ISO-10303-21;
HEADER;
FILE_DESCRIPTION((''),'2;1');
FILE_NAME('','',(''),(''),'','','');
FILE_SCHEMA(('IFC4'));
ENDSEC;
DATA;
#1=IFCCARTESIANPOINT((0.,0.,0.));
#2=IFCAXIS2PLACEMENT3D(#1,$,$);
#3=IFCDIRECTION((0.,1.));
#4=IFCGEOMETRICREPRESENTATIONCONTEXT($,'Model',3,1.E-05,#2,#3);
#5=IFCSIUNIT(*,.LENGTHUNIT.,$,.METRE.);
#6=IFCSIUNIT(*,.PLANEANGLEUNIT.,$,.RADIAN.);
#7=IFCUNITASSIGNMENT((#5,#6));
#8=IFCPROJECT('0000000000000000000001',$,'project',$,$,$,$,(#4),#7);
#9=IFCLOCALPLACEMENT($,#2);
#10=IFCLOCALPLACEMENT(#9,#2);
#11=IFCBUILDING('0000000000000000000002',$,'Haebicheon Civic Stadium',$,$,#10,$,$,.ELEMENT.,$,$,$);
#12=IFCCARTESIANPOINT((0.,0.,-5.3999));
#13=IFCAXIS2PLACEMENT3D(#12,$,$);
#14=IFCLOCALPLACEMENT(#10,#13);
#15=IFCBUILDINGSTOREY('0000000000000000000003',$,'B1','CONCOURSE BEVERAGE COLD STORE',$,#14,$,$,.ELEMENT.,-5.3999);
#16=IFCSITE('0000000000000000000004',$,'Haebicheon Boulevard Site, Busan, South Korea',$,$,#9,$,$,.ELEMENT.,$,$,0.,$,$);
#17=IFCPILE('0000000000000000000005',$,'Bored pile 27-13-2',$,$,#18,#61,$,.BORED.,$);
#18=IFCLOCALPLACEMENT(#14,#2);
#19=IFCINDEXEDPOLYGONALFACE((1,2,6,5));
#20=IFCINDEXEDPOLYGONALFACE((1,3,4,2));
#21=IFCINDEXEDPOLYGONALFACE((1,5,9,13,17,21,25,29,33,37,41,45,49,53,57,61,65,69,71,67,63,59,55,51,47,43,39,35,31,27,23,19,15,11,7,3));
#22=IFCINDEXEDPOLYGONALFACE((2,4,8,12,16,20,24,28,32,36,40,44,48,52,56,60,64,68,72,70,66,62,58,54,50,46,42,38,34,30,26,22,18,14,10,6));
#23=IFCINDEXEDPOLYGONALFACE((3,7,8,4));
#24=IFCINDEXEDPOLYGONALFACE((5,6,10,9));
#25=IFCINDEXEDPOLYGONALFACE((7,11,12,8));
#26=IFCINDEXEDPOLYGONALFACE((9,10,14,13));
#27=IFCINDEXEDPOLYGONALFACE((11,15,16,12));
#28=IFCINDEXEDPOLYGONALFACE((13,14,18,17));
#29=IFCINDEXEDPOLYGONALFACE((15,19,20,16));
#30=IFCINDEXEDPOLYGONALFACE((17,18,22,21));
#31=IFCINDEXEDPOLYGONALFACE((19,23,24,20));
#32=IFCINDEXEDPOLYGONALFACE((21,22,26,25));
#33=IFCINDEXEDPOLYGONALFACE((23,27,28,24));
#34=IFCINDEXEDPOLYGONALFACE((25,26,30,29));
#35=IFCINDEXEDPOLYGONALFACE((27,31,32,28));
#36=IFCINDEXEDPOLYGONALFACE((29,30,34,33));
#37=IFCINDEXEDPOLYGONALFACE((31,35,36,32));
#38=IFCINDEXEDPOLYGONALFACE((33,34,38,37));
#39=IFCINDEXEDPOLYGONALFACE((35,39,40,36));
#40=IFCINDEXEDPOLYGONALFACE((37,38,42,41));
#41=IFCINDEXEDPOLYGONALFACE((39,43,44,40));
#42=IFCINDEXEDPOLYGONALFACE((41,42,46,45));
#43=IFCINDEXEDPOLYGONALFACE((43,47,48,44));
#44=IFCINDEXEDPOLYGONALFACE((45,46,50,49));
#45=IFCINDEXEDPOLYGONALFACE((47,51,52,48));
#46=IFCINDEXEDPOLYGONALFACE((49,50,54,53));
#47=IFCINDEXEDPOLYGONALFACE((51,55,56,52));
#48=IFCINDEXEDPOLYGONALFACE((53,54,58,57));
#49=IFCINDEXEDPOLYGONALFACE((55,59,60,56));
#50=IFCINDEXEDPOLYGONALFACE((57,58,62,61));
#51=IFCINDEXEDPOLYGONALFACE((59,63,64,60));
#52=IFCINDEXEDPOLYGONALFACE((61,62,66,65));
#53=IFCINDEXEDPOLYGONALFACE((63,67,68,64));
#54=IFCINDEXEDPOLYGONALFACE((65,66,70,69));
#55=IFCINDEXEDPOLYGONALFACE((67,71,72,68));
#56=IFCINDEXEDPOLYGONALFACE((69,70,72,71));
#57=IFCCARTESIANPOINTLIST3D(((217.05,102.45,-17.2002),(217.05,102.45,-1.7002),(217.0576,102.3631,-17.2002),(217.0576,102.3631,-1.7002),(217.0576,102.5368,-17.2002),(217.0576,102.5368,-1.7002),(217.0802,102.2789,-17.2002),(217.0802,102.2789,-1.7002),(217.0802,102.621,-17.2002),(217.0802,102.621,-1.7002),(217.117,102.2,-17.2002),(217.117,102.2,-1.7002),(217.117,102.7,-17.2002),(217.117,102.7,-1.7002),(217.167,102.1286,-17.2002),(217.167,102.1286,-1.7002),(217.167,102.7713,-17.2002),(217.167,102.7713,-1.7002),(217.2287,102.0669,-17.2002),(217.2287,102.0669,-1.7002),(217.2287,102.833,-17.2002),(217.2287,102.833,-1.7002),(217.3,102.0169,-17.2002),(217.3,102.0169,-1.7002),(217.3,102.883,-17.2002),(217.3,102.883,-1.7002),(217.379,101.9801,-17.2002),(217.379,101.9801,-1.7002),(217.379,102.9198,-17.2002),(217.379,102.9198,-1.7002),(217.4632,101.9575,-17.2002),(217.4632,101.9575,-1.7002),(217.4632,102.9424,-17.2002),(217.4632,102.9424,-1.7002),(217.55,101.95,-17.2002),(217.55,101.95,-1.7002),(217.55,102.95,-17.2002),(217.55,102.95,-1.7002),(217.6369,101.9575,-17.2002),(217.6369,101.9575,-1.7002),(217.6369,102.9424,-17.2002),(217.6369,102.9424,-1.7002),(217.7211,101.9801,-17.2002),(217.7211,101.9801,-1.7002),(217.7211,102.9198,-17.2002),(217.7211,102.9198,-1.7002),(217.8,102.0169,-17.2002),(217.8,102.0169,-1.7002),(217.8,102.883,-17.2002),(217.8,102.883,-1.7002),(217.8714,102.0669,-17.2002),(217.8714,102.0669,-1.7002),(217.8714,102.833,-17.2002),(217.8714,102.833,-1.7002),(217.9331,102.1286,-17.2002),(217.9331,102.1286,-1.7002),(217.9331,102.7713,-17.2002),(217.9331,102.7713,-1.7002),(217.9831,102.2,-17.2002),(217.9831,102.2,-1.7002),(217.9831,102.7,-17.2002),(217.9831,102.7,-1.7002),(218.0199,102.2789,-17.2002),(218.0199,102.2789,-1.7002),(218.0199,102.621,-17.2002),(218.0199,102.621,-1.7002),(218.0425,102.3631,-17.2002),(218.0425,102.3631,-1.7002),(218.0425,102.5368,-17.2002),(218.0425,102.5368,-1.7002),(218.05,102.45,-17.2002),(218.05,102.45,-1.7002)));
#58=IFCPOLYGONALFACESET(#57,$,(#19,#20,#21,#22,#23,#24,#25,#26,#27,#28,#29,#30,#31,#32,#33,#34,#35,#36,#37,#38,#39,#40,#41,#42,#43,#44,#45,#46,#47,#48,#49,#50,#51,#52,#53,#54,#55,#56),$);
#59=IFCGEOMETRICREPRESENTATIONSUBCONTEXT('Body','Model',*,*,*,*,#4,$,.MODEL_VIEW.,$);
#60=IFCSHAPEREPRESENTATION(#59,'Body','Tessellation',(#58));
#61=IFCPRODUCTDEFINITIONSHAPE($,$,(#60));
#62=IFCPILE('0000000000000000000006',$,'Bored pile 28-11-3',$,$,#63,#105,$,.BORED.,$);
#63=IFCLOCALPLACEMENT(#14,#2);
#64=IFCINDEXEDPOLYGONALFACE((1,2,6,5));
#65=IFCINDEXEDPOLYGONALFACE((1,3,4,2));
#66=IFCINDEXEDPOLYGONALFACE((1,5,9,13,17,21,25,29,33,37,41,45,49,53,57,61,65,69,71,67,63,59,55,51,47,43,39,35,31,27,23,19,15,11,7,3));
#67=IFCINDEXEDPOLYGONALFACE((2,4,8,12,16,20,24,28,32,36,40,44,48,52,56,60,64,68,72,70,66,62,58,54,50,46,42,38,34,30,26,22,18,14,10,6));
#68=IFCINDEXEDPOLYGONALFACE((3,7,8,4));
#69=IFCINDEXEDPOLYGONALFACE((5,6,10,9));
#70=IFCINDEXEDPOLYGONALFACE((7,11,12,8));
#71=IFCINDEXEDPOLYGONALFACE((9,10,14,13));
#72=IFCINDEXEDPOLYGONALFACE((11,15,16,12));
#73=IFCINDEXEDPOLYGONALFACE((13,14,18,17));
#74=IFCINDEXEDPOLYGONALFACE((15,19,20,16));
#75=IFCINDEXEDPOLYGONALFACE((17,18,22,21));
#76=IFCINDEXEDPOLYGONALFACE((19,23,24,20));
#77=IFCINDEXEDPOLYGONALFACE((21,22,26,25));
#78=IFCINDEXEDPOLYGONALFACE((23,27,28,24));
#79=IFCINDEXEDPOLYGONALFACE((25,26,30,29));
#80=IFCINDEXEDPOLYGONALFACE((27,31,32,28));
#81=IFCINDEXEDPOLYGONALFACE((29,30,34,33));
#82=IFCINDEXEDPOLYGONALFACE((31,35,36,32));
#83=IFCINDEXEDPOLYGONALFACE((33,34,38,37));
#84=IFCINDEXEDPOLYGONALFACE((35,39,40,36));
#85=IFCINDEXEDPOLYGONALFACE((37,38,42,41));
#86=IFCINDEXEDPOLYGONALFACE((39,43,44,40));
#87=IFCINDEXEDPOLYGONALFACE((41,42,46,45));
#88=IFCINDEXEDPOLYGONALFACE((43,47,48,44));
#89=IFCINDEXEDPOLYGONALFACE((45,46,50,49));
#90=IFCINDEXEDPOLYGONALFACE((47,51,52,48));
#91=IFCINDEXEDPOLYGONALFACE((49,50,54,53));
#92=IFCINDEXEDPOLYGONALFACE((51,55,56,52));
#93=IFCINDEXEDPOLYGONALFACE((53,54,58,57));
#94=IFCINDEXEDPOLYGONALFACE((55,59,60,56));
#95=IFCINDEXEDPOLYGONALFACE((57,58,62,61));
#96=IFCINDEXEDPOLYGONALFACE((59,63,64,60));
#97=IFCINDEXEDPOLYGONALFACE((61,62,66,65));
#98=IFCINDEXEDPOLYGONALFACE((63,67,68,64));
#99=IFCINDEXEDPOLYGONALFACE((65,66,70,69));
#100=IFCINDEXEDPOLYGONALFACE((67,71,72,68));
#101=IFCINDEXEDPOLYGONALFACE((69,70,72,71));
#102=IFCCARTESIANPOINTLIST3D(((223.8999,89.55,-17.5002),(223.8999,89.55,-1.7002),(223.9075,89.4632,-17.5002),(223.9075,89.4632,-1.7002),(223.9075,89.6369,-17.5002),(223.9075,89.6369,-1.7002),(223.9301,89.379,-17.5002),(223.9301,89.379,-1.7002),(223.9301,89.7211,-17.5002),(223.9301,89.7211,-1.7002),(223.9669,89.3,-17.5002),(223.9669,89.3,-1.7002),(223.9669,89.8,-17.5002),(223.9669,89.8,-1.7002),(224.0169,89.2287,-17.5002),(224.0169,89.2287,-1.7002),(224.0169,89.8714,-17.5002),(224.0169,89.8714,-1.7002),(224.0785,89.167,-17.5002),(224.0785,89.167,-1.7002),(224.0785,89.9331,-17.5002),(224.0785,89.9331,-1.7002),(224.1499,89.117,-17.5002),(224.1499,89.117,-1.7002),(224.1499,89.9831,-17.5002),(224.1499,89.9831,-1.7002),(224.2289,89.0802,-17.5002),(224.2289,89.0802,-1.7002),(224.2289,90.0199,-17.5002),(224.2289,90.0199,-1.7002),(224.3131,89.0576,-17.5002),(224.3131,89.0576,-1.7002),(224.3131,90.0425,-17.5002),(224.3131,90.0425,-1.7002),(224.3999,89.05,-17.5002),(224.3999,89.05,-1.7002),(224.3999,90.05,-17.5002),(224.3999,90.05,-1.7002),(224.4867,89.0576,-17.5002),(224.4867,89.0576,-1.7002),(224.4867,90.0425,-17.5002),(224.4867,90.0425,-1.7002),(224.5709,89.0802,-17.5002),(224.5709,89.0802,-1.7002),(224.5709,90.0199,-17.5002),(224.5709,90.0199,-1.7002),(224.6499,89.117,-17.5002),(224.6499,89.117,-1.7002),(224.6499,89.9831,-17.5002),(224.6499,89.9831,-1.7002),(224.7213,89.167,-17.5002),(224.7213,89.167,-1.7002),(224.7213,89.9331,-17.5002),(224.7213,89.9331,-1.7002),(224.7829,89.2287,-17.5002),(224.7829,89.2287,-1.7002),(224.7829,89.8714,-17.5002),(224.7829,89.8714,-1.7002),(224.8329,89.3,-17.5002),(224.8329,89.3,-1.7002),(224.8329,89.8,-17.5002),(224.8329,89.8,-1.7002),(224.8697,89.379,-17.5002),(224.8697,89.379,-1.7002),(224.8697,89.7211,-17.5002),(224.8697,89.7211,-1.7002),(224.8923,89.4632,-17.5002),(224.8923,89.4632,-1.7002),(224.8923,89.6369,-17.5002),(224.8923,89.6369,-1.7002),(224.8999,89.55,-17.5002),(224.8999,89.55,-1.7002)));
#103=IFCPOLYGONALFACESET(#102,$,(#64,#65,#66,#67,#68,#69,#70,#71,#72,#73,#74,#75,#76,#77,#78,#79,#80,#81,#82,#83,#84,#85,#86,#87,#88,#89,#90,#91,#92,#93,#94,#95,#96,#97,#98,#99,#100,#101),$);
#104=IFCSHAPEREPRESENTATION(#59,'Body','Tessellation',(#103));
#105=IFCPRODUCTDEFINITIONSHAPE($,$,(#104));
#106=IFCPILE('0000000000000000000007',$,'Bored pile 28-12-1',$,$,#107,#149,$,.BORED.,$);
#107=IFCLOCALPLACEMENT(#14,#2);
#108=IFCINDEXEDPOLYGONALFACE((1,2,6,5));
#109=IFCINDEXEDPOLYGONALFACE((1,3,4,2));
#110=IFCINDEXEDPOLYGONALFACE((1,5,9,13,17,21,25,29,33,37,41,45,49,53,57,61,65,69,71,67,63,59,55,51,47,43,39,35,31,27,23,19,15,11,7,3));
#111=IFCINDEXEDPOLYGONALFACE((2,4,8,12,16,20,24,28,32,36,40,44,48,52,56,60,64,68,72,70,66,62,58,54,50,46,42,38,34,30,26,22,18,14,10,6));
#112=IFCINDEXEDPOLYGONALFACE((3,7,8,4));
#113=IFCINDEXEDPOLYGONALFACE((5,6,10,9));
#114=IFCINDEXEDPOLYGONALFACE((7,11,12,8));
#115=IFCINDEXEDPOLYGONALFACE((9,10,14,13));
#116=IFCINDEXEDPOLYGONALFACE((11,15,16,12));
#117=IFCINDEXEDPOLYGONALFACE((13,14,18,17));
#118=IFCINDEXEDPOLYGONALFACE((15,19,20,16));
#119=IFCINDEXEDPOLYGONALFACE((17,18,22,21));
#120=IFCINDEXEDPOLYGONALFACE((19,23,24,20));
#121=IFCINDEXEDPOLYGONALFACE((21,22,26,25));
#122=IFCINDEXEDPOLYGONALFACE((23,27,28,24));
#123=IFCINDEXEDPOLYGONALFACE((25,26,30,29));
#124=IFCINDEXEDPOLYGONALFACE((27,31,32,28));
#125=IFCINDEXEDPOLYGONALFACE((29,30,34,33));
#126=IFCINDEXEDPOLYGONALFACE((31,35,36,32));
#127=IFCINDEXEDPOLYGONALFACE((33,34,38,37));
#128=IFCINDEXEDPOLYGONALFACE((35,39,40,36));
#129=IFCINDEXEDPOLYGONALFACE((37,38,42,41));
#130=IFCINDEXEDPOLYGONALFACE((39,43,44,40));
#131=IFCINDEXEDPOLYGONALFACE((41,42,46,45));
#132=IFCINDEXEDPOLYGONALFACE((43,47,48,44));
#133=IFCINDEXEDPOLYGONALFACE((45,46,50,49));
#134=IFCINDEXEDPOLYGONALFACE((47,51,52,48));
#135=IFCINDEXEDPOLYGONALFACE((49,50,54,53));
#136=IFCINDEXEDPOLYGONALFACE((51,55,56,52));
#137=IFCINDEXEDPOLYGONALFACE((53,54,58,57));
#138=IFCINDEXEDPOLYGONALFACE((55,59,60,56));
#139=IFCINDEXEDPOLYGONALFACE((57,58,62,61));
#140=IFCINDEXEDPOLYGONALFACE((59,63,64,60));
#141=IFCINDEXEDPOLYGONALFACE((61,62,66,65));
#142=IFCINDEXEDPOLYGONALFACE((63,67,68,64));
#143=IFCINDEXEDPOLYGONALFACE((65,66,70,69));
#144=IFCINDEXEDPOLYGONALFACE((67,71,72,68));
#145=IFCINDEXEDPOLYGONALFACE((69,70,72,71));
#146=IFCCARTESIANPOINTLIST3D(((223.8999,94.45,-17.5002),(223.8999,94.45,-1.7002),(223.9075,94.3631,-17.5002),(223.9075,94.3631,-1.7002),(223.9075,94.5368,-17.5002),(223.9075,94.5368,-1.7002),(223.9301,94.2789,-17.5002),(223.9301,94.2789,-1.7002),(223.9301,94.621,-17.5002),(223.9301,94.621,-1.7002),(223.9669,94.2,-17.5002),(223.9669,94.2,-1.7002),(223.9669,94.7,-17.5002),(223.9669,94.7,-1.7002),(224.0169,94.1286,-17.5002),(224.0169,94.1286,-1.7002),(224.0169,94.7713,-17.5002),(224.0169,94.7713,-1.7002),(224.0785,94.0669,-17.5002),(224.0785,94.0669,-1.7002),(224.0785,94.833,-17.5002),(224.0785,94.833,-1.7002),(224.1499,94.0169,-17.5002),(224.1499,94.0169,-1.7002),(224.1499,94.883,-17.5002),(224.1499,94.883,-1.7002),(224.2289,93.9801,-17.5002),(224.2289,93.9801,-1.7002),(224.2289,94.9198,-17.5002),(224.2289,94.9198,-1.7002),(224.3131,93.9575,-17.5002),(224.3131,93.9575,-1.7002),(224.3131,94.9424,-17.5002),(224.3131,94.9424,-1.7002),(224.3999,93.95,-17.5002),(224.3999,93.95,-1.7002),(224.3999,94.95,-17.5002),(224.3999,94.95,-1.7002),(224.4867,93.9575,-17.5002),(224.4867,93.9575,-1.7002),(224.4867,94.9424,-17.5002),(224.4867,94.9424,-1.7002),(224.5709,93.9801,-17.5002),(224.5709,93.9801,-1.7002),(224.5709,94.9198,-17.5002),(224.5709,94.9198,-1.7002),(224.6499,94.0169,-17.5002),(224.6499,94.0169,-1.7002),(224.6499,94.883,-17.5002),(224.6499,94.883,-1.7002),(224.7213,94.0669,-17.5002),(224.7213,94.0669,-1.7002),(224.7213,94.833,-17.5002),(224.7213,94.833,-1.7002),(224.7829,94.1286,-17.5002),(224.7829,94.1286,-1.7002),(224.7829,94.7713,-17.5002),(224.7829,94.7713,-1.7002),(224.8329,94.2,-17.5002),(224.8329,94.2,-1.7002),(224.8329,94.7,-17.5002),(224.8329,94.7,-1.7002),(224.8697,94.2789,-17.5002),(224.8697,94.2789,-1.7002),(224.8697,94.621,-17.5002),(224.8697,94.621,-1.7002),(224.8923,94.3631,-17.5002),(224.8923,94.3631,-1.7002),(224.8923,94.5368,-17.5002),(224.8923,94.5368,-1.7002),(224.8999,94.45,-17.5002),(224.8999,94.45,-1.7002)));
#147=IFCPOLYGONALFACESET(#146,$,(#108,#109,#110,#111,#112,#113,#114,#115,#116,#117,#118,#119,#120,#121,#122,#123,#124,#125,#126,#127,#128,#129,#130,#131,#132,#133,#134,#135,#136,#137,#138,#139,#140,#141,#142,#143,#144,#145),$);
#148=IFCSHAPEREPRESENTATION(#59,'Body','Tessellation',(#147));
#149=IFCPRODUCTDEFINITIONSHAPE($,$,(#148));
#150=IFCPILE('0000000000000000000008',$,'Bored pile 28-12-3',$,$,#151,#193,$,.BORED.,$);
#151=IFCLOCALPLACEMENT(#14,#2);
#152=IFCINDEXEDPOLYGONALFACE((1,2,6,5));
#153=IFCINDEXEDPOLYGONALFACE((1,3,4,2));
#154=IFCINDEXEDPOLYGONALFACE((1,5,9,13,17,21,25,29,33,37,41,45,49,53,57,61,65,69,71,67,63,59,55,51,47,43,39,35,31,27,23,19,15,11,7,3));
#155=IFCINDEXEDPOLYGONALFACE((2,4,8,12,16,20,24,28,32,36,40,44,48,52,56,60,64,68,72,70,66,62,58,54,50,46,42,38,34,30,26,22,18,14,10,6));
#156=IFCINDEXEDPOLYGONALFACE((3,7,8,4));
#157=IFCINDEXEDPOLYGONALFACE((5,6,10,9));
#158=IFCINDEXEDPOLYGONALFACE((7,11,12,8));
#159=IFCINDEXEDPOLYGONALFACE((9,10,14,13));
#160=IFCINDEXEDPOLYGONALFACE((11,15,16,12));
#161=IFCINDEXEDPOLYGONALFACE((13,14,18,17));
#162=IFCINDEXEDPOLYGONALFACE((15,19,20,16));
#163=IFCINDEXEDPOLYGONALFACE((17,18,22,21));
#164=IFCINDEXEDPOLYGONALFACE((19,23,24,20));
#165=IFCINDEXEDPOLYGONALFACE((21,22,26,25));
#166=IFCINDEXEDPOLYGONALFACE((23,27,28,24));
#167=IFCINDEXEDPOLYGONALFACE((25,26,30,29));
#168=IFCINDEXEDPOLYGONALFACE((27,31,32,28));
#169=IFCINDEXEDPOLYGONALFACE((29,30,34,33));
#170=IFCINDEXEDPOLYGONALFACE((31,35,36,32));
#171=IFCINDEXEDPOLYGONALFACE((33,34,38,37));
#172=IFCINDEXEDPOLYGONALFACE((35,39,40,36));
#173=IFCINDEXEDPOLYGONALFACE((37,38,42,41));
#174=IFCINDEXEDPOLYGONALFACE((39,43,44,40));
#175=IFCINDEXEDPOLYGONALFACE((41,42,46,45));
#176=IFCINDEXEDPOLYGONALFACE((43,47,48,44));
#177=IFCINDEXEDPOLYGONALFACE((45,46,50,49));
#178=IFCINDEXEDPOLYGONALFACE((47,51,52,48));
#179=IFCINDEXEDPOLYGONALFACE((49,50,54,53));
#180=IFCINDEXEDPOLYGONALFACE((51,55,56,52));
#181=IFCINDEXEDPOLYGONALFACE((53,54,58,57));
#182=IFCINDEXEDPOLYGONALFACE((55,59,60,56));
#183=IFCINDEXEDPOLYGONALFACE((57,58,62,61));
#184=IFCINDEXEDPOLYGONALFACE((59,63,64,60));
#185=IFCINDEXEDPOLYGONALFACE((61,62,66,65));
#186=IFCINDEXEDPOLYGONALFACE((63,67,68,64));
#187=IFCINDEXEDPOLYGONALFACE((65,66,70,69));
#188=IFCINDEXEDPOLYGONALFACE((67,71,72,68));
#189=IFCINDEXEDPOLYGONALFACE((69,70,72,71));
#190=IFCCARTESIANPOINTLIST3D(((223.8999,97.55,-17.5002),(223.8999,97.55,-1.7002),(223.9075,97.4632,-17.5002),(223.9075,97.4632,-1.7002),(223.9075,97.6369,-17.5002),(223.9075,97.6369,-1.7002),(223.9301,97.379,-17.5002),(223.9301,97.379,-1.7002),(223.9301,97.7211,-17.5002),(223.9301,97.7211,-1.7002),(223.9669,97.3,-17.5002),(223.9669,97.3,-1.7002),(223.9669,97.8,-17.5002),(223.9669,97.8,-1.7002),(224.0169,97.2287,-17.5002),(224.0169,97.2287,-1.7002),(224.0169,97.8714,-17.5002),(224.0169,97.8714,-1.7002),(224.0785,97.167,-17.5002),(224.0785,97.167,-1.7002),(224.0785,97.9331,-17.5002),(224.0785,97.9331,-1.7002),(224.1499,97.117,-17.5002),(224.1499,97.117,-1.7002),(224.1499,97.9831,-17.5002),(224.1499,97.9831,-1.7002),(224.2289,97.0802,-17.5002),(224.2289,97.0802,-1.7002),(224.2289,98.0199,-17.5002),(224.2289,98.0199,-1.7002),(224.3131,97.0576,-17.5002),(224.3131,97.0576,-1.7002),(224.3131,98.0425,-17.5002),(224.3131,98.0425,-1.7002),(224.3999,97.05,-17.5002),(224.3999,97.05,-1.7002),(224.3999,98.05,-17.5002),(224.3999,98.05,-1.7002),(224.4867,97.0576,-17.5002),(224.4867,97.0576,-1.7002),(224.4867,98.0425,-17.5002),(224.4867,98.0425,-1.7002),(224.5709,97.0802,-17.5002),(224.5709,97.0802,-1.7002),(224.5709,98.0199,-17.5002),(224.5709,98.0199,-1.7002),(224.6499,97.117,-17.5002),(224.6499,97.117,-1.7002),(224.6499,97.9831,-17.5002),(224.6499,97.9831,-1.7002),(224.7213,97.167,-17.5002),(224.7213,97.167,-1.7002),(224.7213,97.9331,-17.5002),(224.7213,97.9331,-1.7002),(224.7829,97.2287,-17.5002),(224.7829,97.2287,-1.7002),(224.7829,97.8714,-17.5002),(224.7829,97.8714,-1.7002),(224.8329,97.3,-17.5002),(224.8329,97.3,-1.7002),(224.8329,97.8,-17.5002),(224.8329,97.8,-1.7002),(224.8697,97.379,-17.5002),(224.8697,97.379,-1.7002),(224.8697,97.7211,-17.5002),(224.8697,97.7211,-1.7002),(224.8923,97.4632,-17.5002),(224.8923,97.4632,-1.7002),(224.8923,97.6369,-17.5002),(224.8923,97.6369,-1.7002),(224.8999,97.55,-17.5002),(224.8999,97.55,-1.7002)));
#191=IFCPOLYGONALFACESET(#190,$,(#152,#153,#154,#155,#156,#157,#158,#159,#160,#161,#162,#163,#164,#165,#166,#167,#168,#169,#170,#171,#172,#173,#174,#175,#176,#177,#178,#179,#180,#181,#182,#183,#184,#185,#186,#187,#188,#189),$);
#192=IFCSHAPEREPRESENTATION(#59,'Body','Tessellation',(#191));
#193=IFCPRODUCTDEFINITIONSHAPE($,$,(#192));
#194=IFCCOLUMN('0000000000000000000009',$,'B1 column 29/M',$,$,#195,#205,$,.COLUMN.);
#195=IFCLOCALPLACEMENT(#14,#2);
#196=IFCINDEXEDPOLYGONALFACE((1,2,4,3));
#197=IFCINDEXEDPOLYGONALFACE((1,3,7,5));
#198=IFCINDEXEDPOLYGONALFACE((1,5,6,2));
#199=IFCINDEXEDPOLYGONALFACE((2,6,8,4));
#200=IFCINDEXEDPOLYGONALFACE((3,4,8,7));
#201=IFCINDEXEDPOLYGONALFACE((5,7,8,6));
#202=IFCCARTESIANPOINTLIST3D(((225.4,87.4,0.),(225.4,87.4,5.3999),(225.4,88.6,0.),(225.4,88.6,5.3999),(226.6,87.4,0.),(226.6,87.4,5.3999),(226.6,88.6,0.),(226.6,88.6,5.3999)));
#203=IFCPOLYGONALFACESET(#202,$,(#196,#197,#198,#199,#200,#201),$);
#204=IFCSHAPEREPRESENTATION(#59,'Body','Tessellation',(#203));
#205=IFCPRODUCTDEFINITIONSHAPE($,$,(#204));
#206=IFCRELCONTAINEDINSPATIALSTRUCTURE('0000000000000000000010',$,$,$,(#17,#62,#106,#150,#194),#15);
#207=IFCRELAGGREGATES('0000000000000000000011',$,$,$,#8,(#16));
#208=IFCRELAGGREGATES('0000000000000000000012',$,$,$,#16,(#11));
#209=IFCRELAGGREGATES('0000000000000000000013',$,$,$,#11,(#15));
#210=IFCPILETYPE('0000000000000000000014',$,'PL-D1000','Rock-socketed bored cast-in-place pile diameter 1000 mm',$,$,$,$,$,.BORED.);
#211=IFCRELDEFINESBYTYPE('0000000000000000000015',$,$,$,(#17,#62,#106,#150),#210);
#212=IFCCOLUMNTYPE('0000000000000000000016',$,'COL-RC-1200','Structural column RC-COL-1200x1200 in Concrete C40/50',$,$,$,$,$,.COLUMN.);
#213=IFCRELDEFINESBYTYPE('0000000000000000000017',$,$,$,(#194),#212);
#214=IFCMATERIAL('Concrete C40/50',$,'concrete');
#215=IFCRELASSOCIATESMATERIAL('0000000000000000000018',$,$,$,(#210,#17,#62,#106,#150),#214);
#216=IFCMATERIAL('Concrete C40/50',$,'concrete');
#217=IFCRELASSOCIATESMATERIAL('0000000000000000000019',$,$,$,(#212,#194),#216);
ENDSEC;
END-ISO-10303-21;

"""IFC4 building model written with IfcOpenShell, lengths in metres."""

from ifc_helpers import new_model, si_unit, direction, frame, origin, origin_2d, place, context, subcontext, project, spatial, rectangle, circle, extrude, material, material_profile, profile_set, type_object, element, save


model = new_model("IFC4")

# Units and contexts
model_context = context("Model", 3, precision=1e-05, world=origin(), true_north=direction((0.0, 1.0)))
body_context = subcontext(model_context, "Body", "Model", "MODEL_VIEW")
ifc_project = project(units=[si_unit("LENGTHUNIT", "METRE"), si_unit("PLANEANGLEUNIT", "RADIAN")], contexts=[model_context])

# Site, building, storey
site_placement = place(None, origin())
site = spatial("IfcSite", under=ifc_project, at=site_placement, Name="Haebicheon Boulevard Site, Busan, South Korea", CompositionType="ELEMENT", RefElevation=0.0)
building_placement = place(site_placement, origin())
building = spatial("IfcBuilding", under=site, at=building_placement, Name="Haebicheon Civic Stadium", CompositionType="ELEMENT")
storey_placement = place(building_placement, frame((0.0, 0.0, -5.3999)))
storey = spatial("IfcBuildingStorey", under=building, at=storey_placement, Name="B1", Description="CONCOURSE BEVERAGE COLD STORE", CompositionType="ELEMENT", Elevation=-5.3999)

# Piles
ifc_material_1 = material(Name="Concrete C40/50", Category="concrete")
ifc_material_profile_1 = material_profile(ifc_material_1, circle(Radius=0.5, at=origin_2d()), Name="PILE-D1000")
ifc_profile_set_1 = profile_set([ifc_material_profile_1], Name="Concrete C40/50")
pile_type = type_object("IfcPileType", Name="PL-D1000", Description="Rock-socketed bored cast-in-place pile diameter 1000 mm", PredefinedType="BORED", material=ifc_profile_set_1)
for number, where, z_axis, x_axis, name in (
    (1, (217.55, 102.45, -1.7002), (0.0, 0.0, -1.0), (1.0, 0.0, 0.0), "Bored pile 27-13-2"),
):
    element("IfcPile", number, at=place(storey_placement, frame(where, z_axis=z_axis, x_axis=x_axis)), inside=storey, type_object=pile_type, material=ifc_profile_set_1, Name=name, PredefinedType="BORED", context=body_context, shape_type="SweptSolid", body=[
        extrude(circle(Radius=0.5, at=origin_2d()), origin(), (0.0, 0.0, 1.0), 15.5),
    ])
for number, where, z_axis, x_axis, name in (
    (2, (224.3999, 89.55, -1.7002), (0.0, 0.0, -1.0), (1.0, 0.0, 0.0), "Bored pile 28-11-3"),
    (3, (224.3999, 94.45, -1.7002), (0.0, 0.0, -1.0), (1.0, 0.0, 0.0), "Bored pile 28-12-1"),
    (4, (224.3999, 97.55, -1.7002), (0.0, 0.0, -1.0), (1.0, 0.0, 0.0), "Bored pile 28-12-3"),
):
    element("IfcPile", number, at=place(storey_placement, frame(where, z_axis=z_axis, x_axis=x_axis)), inside=storey, type_object=pile_type, material=ifc_profile_set_1, Name=name, PredefinedType="BORED", context=body_context, shape_type="SweptSolid", body=[
        extrude(circle(Radius=0.5, at=origin_2d()), origin(), (0.0, 0.0, 1.0), 15.8),
    ])

# Column
ifc_material_2 = material(Name="Concrete C40/50", Category="concrete")
ifc_material_profile_2 = material_profile(ifc_material_2, rectangle(XDim=1.2, YDim=1.2, at=origin_2d()), Name="RC-COL-1200x1200")
ifc_profile_set_2 = profile_set([ifc_material_profile_2], Name="Concrete C40/50")
column_type = type_object("IfcColumnType", Name="COL-RC-1200", Description="Structural column RC-COL-1200x1200 in Concrete C40/50", PredefinedType="COLUMN", material=ifc_profile_set_2)
for number, where, z_axis, x_axis, name in (
    (5, (226.0, 88.0, 0.0), (0.0, 0.0, 1.0), (1.0, 0.0, 0.0), "B1 column 29/M"),
):
    element("IfcColumn", number, at=place(storey_placement, frame(where, z_axis=z_axis, x_axis=x_axis)), inside=storey, type_object=column_type, material=ifc_profile_set_2, Name=name, PredefinedType="COLUMN", context=body_context, shape_type="SweptSolid", body=[
        extrude(rectangle(XDim=1.2, YDim=1.2, at=origin_2d()), origin(), (0.0, 0.0, 1.0), 5.3999),
    ])

save(model, "model.ifc")
